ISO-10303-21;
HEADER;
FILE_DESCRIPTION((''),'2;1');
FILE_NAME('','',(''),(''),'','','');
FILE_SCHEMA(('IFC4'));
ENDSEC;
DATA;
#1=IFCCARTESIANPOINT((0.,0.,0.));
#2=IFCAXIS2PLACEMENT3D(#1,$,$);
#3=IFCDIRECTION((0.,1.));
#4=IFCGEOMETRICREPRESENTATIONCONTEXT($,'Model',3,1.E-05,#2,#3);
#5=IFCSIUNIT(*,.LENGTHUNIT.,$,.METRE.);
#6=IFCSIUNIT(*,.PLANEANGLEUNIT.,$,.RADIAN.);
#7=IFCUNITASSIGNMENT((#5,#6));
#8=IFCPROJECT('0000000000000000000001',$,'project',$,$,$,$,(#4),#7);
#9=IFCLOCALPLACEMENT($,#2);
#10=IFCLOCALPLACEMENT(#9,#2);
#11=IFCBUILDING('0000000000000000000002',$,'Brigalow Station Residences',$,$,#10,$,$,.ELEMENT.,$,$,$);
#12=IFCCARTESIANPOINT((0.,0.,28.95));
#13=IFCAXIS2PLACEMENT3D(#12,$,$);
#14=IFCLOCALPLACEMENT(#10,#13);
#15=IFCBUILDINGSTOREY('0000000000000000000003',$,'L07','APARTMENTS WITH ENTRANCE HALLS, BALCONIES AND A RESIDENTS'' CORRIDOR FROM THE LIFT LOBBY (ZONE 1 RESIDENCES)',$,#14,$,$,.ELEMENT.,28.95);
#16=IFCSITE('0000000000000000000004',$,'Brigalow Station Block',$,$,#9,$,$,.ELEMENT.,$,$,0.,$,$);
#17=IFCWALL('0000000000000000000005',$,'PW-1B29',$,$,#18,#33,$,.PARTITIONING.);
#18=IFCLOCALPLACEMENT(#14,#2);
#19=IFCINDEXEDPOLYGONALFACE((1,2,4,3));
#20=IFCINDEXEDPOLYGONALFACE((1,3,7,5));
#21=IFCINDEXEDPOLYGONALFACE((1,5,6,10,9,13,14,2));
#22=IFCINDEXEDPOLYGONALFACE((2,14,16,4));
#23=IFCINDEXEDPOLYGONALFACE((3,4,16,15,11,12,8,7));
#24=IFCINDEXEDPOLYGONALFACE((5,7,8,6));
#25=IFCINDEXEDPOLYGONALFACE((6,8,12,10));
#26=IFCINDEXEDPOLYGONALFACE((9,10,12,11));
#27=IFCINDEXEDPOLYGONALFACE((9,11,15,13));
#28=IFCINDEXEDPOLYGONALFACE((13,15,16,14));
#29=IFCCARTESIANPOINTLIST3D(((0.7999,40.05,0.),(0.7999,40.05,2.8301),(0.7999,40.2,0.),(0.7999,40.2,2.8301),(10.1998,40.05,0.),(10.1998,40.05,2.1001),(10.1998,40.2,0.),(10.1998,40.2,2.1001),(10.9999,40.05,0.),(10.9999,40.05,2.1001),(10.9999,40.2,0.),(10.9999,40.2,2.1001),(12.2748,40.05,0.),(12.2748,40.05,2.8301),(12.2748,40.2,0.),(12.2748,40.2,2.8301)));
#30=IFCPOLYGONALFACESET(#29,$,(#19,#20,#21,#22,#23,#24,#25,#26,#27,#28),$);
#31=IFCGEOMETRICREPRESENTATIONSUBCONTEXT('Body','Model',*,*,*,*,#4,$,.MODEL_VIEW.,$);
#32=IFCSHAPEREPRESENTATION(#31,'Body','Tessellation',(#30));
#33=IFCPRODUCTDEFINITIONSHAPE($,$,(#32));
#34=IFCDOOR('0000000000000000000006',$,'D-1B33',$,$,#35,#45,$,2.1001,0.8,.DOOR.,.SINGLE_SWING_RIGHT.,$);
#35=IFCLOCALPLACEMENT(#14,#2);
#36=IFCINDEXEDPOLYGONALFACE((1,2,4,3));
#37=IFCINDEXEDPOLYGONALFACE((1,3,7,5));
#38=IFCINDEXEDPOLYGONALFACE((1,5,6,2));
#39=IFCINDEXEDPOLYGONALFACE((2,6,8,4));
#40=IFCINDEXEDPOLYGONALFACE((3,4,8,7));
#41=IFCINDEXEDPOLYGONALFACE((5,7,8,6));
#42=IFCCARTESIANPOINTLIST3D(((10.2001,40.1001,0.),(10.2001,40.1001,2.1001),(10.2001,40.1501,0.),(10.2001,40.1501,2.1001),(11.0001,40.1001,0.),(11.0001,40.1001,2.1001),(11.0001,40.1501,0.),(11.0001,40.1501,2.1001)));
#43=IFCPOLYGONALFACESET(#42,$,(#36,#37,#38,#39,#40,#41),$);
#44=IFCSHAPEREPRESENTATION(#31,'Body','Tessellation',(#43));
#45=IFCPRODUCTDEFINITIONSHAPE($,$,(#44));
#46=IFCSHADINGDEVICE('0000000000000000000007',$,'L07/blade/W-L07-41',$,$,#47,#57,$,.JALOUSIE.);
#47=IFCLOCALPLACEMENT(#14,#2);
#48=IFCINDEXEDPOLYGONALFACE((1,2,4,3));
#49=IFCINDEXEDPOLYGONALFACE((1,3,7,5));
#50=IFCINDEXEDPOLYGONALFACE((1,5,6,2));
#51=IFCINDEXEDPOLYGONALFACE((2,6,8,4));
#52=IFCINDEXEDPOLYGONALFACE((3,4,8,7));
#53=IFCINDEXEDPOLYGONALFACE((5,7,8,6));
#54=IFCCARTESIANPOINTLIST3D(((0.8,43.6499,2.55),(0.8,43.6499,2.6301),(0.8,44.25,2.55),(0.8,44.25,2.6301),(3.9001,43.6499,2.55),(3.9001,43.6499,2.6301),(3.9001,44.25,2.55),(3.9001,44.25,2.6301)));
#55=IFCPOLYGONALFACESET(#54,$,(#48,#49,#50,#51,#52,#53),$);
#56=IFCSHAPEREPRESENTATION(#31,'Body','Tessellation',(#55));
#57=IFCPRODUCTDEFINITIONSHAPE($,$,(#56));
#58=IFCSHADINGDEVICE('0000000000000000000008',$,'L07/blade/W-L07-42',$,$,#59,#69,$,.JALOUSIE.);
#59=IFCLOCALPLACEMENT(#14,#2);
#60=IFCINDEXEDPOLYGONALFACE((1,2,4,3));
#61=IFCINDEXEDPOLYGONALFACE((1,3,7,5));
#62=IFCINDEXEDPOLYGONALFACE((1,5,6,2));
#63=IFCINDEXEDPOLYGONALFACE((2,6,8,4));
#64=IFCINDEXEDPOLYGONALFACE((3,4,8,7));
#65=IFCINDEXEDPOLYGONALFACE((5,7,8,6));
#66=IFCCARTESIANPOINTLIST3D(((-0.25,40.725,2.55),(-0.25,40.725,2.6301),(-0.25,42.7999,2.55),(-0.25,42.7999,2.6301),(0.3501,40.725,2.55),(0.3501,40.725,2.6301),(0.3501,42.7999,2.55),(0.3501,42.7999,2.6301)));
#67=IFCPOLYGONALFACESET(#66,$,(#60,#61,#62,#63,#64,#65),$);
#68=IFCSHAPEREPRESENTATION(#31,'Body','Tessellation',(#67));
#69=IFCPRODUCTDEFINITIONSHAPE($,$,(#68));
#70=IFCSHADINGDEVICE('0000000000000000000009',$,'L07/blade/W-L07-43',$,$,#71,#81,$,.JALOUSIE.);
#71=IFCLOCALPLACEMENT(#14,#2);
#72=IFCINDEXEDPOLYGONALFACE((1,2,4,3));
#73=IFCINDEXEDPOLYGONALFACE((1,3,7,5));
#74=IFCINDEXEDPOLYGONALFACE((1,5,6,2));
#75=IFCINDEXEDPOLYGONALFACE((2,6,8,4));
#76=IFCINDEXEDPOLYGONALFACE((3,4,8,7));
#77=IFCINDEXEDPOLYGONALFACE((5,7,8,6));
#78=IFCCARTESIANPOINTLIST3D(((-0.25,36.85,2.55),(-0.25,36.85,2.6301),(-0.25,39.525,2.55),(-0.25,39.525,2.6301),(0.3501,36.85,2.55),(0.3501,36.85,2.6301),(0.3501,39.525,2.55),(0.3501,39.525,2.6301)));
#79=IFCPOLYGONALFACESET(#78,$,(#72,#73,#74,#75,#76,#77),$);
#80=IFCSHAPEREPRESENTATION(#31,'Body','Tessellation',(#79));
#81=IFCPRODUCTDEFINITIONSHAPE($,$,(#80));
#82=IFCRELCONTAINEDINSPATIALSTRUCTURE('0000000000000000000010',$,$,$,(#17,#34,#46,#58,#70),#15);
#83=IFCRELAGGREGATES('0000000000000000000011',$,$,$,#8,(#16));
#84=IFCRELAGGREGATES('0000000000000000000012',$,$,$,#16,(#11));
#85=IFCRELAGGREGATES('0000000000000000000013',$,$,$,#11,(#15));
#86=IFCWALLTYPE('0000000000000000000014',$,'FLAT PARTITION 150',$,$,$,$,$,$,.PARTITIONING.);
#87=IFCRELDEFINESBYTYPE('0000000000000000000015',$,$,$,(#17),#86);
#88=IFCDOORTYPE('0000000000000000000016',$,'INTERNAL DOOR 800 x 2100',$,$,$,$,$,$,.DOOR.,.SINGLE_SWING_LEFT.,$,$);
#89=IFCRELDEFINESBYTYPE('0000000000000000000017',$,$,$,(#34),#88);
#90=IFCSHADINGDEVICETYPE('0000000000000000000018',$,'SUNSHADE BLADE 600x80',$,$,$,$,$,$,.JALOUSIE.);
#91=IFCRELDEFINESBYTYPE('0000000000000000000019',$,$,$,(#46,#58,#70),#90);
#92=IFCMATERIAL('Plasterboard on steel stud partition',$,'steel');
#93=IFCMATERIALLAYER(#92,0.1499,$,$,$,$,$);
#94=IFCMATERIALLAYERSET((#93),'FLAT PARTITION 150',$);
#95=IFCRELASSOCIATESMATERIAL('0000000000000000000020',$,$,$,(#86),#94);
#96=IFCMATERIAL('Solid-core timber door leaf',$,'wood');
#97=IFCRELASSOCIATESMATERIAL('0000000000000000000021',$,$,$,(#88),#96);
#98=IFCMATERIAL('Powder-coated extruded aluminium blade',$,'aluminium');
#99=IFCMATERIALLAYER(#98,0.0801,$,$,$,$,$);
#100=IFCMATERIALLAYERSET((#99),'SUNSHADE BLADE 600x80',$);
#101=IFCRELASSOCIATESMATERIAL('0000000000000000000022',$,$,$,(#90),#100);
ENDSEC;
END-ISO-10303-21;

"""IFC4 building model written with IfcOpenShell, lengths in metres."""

from ifc_helpers import new_model, si_unit, direction, frame, frame_2d, origin, origin_2d, place, context, subcontext, project, spatial, rectangle, extrude, material, layer, layer_set, type_object, element, fill, save


model = new_model("IFC4")

# Units and contexts
model_context = context("Model", 3, precision=1e-05, world=origin(), true_north=direction((0.0, 1.0)))
body_context = subcontext(model_context, "Body", "Model", "MODEL_VIEW")
ifc_project = project(units=[si_unit("LENGTHUNIT", "METRE"), si_unit("PLANEANGLEUNIT", "RADIAN")], contexts=[model_context])

# Site, building, storey
site_placement = place(None, origin())
site = spatial("IfcSite", under=ifc_project, at=site_placement, Name="Brigalow Station Block", CompositionType="ELEMENT", RefElevation=0.0)
building_placement = place(site_placement, origin())
building = spatial("IfcBuilding", under=site, at=building_placement, Name="Brigalow Station Residences", CompositionType="ELEMENT")
storey_placement = place(building_placement, frame((0.0, 0.0, 28.95)))
storey = spatial("IfcBuildingStorey", under=building, at=storey_placement, Name="L07", Description="APARTMENTS WITH ENTRANCE HALLS, BALCONIES AND A RESIDENTS' CORRIDOR FROM THE LIFT LOBBY (ZONE 1 RESIDENCES)", CompositionType="ELEMENT", Elevation=28.95)

# Wall, opening, door
ifc_material_1 = material(Name="Plasterboard on steel stud partition", Category="steel")
ifc_layer_1 = layer(ifc_material_1, 0.1499)
ifc_layer_set_1 = layer_set([ifc_layer_1], Name="FLAT PARTITION 150")
wall_type_1 = type_object("IfcWallType", Name="FLAT PARTITION 150", PredefinedType="PARTITIONING", material=ifc_layer_set_1)
wall_1_placement = place(storey_placement, frame((0.8, 40.125, 0.0), z_axis=(0.0, 0.0, 1.0), x_axis=(1.0, 0.0, 0.0)))
wall_1 = element("IfcWall", 1, at=wall_1_placement, inside=storey, type_object=wall_type_1, Name="PW-1B29", PredefinedType="PARTITIONING", context=body_context, shape_type="SweptSolid", body=[
    extrude(rectangle(XDim=11.4749, YDim=0.1499, at=frame_2d((5.7373, 0.0))), origin(), (0.0, 0.0, 1.0), 2.8301),
])
opening_1_placement = place(wall_1_placement, frame((9.3999, 0.0, 0.0)))
opening_1 = element("IfcOpeningElement", 2, at=opening_1_placement, cuts=wall_1, PredefinedType="OPENING", context=body_context, shape_type="SweptSolid", body=[
    extrude(rectangle(XDim=0.8, YDim=2.1001, at=frame_2d((0.3999, 1.05))), frame((0.0, 0.085, 0.0), z_axis=(0.0, -1.0, 0.0), x_axis=(1.0, 0.0, 0.0)), (0.0, 0.0, 1.0), 0.1699),
])
ifc_material_2 = material(Name="Solid-core timber door leaf", Category="wood")
door_type = type_object("IfcDoorType", Name="INTERNAL DOOR 800 x 2100", OperationType="SINGLE_SWING_LEFT", PredefinedType="DOOR", material=ifc_material_2)
door_placement = place(opening_1_placement, frame((0.8, 0.0, 0.0), z_axis=(0.0, 0.0, 1.0), x_axis=(-1.0, 0.0, 0.0)))
door = element("IfcDoor", 3, at=door_placement, inside=storey, type_object=door_type, Name="D-1B33", OperationType="SINGLE_SWING_RIGHT", OverallHeight=2.1001, OverallWidth=0.8, PredefinedType="DOOR", context=body_context, shape_type="SweptSolid", body=[
    extrude(rectangle(XDim=0.8, YDim=2.1001, at=frame_2d((0.3999, 1.05))), frame((0.0, 0.0249, 0.0), z_axis=(0.0, -1.0, 0.0), x_axis=(1.0, 0.0, 0.0)), (0.0, 0.0, 1.0), 0.05),
])
fill(opening_1, door)

# Shading devices
ifc_material_3 = material(Name="Powder-coated extruded aluminium blade", Category="aluminium")
ifc_layer_2 = layer(ifc_material_3, 0.0801)
ifc_layer_set_2 = layer_set([ifc_layer_2], Name="SUNSHADE BLADE 600x80")
shading_device_type = type_object("IfcShadingDeviceType", Name="SUNSHADE BLADE 600x80", PredefinedType="JALOUSIE", material=ifc_layer_set_2)
shading_device_1_placement = place(storey_placement, frame((2.3501, 43.95, 2.55), z_axis=(0.0, 0.0, 1.0), x_axis=(-1.0, 0.0, 0.0)))
element("IfcShadingDevice", 4, at=shading_device_1_placement, inside=storey, type_object=shading_device_type, Name="L07/blade/W-L07-41", PredefinedType="JALOUSIE", context=body_context, shape_type="SweptSolid", body=[
    extrude(rectangle(XDim=3.1001, YDim=0.6001, at=origin_2d()), origin(), (0.0, 0.0, 1.0), 0.0801),
])
shading_device_2_placement = place(storey_placement, frame((0.05, 41.7625, 2.55), z_axis=(0.0, 0.0, 1.0), x_axis=(0.0, -1.0, 0.0)))
element("IfcShadingDevice", 5, at=shading_device_2_placement, inside=storey, type_object=shading_device_type, Name="L07/blade/W-L07-42", PredefinedType="JALOUSIE", context=body_context, shape_type="SweptSolid", body=[
    extrude(rectangle(XDim=2.075, YDim=0.6001, at=origin_2d()), origin(), (0.0, 0.0, 1.0), 0.0801),
])
shading_device_3_placement = place(storey_placement, frame((0.05, 38.1875, 2.55), z_axis=(0.0, 0.0, 1.0), x_axis=(0.0, -1.0, 0.0)))
element("IfcShadingDevice", 6, at=shading_device_3_placement, inside=storey, type_object=shading_device_type, Name="L07/blade/W-L07-43", PredefinedType="JALOUSIE", context=body_context, shape_type="SweptSolid", body=[
    extrude(rectangle(XDim=2.675, YDim=0.6001, at=origin_2d()), origin(), (0.0, 0.0, 1.0), 0.0801),
])

save(model, "model.ifc")
